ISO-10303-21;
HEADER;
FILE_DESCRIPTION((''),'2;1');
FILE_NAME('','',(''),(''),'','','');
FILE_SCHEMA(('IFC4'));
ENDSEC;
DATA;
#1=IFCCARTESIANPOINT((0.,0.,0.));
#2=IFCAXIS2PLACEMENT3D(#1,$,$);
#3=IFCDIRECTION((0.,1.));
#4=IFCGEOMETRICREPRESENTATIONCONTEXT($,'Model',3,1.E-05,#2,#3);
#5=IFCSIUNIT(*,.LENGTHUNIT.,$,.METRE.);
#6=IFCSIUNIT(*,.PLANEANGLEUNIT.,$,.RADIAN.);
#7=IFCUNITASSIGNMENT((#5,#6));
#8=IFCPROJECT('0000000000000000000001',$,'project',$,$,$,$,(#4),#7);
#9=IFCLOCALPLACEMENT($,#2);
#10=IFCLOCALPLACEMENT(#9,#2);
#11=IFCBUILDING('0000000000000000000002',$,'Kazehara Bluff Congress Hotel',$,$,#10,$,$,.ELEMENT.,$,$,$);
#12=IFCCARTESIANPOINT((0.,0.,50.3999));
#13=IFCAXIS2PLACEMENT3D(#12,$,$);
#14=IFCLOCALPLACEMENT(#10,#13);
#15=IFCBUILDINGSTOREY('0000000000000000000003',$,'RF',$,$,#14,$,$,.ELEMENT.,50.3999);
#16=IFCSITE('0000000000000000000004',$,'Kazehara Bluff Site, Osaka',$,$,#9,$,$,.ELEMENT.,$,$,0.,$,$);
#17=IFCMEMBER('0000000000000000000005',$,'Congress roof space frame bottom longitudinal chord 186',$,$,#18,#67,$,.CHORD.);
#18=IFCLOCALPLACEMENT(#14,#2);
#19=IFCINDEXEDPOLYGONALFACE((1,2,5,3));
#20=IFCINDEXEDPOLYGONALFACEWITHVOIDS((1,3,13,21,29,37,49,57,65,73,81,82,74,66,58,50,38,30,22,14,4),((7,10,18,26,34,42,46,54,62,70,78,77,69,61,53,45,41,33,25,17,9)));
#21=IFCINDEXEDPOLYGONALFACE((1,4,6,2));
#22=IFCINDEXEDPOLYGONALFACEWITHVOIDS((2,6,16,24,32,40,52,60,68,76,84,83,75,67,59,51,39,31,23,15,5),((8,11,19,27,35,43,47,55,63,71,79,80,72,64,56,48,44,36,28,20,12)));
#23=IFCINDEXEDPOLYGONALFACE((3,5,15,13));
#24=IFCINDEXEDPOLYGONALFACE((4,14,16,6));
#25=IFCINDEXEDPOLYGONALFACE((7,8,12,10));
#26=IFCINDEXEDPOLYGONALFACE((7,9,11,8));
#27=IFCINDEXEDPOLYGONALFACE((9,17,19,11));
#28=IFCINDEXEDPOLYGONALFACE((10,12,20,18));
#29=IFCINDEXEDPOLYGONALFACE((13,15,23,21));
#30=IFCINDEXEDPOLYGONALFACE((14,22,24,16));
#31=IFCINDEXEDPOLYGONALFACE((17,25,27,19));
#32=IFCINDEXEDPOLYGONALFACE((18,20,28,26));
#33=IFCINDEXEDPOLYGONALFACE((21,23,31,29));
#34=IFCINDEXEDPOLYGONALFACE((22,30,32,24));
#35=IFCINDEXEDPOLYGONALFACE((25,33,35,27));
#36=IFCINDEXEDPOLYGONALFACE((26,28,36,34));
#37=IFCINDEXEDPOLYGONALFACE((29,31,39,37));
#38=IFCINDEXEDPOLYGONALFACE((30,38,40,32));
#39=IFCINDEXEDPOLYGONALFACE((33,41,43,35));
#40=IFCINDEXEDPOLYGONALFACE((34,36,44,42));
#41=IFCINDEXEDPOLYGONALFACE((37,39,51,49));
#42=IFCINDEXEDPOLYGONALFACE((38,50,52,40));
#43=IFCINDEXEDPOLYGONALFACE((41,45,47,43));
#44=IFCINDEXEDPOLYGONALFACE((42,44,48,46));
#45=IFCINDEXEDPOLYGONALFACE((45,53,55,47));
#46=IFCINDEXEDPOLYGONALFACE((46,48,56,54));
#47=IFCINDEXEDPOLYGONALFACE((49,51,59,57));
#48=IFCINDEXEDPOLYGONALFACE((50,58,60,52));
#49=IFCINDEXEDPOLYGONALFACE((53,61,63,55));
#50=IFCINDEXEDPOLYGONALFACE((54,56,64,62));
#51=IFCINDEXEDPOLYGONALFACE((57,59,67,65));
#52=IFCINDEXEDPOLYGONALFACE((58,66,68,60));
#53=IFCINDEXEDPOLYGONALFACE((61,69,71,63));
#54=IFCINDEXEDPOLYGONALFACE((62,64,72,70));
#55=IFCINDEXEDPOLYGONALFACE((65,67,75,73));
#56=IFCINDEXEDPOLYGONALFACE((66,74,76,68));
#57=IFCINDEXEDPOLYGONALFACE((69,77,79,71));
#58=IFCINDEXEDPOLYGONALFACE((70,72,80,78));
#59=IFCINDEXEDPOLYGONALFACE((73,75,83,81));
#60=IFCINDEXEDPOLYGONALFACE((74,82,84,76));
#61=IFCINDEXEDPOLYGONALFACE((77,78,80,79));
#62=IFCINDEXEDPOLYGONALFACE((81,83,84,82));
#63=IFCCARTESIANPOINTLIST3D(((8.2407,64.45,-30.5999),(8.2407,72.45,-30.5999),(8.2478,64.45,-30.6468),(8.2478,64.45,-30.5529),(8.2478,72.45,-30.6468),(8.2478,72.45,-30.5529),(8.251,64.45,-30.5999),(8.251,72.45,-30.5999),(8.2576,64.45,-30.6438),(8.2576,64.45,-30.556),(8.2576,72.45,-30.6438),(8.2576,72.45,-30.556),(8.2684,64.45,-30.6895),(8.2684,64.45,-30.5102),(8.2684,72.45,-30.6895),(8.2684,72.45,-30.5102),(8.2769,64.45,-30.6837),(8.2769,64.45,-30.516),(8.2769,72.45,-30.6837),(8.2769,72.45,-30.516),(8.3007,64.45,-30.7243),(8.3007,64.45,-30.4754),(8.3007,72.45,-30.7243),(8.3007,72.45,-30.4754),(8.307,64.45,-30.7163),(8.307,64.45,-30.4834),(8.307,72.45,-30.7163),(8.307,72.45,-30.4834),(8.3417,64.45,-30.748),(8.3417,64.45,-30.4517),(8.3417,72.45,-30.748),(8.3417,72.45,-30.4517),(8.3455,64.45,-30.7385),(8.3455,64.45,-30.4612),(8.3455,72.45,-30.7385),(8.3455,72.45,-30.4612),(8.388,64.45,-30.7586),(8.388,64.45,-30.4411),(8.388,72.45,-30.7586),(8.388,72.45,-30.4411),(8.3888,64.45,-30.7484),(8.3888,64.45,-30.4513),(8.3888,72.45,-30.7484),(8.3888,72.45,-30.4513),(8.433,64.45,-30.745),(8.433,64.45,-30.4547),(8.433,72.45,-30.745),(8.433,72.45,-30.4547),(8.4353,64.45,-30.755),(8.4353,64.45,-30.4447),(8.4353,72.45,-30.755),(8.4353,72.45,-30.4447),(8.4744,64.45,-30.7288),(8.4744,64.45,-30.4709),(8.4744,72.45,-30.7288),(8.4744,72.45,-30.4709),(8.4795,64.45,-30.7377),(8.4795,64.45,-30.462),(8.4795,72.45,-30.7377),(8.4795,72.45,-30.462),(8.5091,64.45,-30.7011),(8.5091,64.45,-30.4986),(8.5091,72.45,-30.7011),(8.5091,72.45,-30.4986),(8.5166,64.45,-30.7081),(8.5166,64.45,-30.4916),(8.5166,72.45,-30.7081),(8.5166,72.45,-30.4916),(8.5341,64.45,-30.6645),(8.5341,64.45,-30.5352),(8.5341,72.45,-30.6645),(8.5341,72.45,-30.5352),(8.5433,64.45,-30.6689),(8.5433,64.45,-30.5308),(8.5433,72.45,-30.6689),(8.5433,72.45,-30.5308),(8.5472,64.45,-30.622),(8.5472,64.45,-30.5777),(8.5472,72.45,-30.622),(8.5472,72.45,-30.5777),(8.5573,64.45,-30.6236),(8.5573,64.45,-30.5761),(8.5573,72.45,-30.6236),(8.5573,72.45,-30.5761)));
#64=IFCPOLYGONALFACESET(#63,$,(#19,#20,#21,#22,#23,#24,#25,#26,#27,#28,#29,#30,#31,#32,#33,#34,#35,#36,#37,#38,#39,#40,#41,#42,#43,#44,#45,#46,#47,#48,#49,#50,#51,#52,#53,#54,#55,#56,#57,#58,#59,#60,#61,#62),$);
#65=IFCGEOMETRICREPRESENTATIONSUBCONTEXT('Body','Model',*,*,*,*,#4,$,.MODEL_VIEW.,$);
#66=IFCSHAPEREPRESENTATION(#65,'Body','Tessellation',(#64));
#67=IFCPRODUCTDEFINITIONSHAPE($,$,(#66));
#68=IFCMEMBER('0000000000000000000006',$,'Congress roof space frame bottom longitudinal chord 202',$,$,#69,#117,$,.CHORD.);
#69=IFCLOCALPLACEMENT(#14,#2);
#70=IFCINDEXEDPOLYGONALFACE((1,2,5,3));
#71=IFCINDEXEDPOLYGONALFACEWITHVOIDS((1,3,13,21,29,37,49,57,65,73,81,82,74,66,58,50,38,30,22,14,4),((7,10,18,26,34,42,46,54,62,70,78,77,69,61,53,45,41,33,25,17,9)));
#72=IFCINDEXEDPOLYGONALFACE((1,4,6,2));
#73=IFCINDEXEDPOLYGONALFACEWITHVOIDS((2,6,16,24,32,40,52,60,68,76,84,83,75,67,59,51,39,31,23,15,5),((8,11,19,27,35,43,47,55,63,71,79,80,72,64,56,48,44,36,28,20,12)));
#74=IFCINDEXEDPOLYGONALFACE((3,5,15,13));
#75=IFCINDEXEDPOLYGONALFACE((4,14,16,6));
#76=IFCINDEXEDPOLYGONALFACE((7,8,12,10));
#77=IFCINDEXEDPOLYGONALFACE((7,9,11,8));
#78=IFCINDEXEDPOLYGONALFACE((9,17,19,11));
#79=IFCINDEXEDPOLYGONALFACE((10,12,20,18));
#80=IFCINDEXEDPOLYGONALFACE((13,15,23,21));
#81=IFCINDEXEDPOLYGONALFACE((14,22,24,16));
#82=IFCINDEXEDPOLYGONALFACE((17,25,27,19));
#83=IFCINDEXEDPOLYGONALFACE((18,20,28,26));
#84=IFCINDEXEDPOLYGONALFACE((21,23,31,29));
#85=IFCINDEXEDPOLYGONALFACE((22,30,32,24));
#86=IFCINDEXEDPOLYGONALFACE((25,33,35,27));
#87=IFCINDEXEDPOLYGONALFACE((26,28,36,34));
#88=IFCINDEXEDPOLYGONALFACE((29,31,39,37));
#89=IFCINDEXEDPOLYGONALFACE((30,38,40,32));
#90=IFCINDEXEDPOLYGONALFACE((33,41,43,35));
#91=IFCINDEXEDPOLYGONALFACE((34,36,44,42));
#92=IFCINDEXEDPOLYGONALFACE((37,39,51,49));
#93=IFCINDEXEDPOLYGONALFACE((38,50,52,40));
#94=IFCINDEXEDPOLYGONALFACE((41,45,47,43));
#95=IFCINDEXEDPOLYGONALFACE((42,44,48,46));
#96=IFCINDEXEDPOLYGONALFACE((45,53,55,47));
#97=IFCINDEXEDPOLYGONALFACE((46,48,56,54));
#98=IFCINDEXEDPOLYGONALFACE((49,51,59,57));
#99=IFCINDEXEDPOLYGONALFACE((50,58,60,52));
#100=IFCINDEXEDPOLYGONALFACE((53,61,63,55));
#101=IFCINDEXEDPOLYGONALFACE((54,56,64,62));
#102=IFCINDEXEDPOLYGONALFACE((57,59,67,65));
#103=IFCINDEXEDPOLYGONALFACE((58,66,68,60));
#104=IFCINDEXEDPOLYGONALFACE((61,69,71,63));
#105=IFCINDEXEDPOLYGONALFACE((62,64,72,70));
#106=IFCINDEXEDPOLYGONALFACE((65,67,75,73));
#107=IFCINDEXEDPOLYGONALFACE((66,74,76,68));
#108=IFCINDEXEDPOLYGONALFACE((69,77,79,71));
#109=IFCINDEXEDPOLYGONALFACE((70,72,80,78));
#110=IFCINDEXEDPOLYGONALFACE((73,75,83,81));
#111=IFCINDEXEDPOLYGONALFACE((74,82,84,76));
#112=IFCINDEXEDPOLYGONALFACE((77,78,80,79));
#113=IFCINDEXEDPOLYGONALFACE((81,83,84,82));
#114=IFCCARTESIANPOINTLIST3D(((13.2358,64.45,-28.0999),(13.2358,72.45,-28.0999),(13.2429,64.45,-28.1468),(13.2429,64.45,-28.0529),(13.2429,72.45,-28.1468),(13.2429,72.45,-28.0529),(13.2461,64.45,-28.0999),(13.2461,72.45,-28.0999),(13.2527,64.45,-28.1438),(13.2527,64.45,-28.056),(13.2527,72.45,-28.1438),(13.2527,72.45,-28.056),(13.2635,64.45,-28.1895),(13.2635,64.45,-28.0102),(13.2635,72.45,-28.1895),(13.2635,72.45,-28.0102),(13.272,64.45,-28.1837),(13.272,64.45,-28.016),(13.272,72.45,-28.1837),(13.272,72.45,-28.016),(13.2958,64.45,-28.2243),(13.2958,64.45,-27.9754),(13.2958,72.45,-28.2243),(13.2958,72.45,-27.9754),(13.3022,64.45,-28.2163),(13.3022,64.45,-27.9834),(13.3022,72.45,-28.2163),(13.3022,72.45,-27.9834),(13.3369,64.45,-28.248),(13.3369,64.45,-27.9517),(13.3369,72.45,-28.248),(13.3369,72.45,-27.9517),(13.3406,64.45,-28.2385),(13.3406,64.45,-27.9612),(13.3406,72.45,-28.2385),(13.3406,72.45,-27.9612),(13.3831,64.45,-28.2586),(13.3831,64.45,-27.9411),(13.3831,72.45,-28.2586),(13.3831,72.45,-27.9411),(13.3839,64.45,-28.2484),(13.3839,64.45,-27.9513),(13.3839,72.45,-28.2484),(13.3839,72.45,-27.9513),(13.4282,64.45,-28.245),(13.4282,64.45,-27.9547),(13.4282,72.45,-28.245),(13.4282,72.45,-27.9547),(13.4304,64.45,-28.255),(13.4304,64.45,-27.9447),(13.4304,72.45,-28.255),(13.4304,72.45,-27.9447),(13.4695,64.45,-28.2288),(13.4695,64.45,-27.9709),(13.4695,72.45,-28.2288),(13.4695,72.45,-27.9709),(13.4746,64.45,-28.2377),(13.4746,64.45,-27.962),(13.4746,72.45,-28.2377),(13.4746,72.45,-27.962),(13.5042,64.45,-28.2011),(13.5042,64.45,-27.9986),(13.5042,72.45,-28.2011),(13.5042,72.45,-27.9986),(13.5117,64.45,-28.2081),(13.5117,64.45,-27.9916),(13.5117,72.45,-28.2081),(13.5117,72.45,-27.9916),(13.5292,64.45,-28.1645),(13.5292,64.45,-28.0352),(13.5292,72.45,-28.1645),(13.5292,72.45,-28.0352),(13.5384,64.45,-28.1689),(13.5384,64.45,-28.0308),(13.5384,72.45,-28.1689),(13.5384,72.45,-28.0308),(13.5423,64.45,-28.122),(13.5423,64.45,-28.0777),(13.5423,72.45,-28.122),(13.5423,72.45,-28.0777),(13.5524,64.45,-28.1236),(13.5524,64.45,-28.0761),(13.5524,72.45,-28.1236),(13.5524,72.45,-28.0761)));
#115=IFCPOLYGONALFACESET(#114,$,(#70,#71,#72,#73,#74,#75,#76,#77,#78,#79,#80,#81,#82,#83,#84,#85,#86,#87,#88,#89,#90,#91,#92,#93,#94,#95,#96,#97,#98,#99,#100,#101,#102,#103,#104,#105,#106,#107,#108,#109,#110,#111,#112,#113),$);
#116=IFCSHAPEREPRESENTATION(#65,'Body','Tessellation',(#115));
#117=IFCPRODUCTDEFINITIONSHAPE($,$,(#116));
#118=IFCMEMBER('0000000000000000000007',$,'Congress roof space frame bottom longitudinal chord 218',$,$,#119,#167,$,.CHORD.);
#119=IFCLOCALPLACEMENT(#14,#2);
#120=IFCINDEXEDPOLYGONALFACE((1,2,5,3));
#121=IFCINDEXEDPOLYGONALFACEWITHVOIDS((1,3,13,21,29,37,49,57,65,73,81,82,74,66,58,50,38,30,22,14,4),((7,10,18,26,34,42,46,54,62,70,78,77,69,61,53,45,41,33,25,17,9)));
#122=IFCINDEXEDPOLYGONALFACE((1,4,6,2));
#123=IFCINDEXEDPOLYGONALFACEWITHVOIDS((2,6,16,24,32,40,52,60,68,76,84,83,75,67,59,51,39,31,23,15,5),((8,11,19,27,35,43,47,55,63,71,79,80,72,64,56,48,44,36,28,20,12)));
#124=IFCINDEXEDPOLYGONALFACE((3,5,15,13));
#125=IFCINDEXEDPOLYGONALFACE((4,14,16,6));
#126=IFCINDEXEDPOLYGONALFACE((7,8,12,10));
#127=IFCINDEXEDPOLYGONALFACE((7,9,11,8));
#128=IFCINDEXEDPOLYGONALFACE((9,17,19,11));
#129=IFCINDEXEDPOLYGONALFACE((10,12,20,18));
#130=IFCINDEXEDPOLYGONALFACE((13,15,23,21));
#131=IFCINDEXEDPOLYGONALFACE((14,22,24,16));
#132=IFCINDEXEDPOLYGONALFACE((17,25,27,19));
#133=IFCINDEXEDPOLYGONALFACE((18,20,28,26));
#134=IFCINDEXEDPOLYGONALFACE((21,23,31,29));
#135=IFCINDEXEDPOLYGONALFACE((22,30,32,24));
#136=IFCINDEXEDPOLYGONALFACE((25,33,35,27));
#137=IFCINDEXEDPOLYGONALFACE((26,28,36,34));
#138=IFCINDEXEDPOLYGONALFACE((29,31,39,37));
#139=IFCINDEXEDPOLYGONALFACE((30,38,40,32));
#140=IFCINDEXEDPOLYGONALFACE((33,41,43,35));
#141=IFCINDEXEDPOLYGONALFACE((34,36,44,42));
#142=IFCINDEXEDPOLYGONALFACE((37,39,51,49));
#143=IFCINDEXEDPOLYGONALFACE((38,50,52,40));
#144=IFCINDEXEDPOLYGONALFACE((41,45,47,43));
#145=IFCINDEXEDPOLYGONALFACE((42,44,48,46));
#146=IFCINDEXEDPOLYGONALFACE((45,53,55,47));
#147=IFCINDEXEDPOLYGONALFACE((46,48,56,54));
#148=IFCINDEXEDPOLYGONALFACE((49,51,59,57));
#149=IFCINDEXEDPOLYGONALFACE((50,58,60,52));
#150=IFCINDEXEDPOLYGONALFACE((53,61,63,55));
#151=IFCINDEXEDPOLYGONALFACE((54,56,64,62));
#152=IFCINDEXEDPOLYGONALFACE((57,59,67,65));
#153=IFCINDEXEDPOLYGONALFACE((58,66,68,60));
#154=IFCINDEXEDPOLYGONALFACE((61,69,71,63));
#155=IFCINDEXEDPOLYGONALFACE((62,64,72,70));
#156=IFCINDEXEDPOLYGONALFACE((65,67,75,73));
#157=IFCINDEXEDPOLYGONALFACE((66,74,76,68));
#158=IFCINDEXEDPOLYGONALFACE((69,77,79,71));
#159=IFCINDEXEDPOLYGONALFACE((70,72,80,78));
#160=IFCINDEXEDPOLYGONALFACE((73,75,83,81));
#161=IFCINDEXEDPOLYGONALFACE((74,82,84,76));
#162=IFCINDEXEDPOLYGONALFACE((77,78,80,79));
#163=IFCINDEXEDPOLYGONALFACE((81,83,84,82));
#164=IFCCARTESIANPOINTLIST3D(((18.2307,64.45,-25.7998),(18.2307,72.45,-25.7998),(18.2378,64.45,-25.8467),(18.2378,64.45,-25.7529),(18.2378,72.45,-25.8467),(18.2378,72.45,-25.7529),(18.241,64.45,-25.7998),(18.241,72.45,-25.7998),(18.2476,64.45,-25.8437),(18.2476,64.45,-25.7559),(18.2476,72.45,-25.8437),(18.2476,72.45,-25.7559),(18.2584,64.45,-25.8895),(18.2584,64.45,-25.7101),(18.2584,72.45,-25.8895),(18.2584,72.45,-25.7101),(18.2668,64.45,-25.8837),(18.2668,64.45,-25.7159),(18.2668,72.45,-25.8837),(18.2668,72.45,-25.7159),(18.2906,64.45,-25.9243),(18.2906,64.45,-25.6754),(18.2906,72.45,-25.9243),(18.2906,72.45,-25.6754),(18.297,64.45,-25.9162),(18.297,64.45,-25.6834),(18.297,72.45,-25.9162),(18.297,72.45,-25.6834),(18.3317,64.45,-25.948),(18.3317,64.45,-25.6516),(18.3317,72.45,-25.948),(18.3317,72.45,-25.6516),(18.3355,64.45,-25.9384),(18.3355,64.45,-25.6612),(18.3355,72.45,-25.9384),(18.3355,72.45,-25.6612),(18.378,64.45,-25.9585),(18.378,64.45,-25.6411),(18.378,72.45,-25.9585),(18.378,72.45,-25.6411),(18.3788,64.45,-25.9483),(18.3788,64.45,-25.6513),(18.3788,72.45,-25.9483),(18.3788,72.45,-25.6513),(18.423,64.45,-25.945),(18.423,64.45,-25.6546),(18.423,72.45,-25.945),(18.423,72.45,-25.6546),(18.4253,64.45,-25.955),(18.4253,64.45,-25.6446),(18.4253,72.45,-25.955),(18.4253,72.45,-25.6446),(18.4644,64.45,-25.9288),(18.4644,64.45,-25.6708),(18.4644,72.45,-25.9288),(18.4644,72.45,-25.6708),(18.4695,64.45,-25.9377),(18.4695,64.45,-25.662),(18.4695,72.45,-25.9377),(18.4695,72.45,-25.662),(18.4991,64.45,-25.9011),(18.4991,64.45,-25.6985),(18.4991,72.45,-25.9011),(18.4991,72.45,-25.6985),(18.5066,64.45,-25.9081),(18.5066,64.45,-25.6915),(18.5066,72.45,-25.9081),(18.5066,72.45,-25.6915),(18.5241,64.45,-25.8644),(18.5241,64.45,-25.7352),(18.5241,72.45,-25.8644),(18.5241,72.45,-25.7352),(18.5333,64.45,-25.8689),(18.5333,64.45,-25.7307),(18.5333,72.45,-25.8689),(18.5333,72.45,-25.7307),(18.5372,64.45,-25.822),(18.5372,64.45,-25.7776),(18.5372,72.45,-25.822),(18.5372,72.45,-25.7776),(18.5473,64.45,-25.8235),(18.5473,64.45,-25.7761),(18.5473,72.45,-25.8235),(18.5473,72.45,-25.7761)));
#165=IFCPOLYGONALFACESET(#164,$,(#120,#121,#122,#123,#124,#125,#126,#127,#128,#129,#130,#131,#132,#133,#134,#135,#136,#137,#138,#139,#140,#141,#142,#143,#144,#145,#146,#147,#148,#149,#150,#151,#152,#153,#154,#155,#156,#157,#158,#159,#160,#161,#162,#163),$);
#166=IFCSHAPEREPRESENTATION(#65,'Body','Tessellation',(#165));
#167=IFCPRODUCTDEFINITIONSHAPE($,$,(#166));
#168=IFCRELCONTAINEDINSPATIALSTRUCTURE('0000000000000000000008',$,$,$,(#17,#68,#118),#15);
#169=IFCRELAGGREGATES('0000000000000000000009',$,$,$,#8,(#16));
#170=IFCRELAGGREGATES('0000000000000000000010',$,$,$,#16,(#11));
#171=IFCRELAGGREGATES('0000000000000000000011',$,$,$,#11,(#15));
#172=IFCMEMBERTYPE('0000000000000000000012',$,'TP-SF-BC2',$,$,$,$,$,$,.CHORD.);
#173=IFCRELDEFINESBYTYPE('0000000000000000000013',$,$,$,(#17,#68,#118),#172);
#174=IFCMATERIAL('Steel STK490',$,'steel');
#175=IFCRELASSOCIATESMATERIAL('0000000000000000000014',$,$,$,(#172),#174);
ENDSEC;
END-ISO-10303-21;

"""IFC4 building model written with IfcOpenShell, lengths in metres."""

from ifc_helpers import new_model, si_unit, direction, frame, origin, origin_2d, place, context, subcontext, project, spatial, hollow_circle, extrude, material, material_profile, profile_set, type_object, element, save


model = new_model("IFC4")

# Units and contexts
model_context = context("Model", 3, precision=1e-05, world=origin(), true_north=direction((0.0, 1.0)))
body_context = subcontext(model_context, "Body", "Model", "MODEL_VIEW")
ifc_project = project(units=[si_unit("LENGTHUNIT", "METRE"), si_unit("PLANEANGLEUNIT", "RADIAN")], contexts=[model_context])

# Site, building, storey
site_placement = place(None, origin())
site = spatial("IfcSite", under=ifc_project, at=site_placement, Name="Kazehara Bluff Site, Osaka", CompositionType="ELEMENT", RefElevation=0.0)
building_placement = place(site_placement, origin())
building = spatial("IfcBuilding", under=site, at=building_placement, Name="Kazehara Bluff Congress Hotel", CompositionType="ELEMENT")
storey_placement = place(building_placement, frame((0.0, 0.0, 50.3999)))
storey = spatial("IfcBuildingStorey", under=building, at=storey_placement, Name="RF", CompositionType="ELEMENT", Elevation=50.3999)

# Members
ifc_material_1 = material(Name="Steel STK490", Category="steel")
ifc_material_profile_1 = material_profile(ifc_material_1, hollow_circle(Radius=0.1592, WallThickness=0.0103, at=origin_2d()))
ifc_profile_set_1 = profile_set([ifc_material_profile_1], Name="Steel STK490")
member_type_1 = type_object("IfcMemberType", Name="TP-SF-BC2", PredefinedType="CHORD", material=ifc_profile_set_1)
for number, where, z_axis, x_axis, name in (
    (1, (8.3999, 64.45, -30.5999), (0.0, 1.0, 0.0), (-1.0, 0.0, 0.0), "Congress roof space frame bottom longitudinal chord 186"),
    (2, (13.395, 64.45, -28.0999), (0.0, 1.0, 0.0), (-1.0, 0.0, 0.0), "Congress roof space frame bottom longitudinal chord 202"),
    (3, (18.3899, 64.45, -25.7998), (0.0, 1.0, 0.0), (-1.0, 0.0, 0.0), "Congress roof space frame bottom longitudinal chord 218"),
):
    element("IfcMember", number, at=place(storey_placement, frame(where, z_axis=z_axis, x_axis=x_axis)), inside=storey, type_object=member_type_1, Name=name, PredefinedType="CHORD", context=body_context, shape_type="SweptSolid", body=[
        extrude(hollow_circle(Radius=0.1592, WallThickness=0.0103, at=origin_2d()), origin(), (0.0, 0.0, 1.0), 8.0),
    ])

save(model, "model.ifc")
